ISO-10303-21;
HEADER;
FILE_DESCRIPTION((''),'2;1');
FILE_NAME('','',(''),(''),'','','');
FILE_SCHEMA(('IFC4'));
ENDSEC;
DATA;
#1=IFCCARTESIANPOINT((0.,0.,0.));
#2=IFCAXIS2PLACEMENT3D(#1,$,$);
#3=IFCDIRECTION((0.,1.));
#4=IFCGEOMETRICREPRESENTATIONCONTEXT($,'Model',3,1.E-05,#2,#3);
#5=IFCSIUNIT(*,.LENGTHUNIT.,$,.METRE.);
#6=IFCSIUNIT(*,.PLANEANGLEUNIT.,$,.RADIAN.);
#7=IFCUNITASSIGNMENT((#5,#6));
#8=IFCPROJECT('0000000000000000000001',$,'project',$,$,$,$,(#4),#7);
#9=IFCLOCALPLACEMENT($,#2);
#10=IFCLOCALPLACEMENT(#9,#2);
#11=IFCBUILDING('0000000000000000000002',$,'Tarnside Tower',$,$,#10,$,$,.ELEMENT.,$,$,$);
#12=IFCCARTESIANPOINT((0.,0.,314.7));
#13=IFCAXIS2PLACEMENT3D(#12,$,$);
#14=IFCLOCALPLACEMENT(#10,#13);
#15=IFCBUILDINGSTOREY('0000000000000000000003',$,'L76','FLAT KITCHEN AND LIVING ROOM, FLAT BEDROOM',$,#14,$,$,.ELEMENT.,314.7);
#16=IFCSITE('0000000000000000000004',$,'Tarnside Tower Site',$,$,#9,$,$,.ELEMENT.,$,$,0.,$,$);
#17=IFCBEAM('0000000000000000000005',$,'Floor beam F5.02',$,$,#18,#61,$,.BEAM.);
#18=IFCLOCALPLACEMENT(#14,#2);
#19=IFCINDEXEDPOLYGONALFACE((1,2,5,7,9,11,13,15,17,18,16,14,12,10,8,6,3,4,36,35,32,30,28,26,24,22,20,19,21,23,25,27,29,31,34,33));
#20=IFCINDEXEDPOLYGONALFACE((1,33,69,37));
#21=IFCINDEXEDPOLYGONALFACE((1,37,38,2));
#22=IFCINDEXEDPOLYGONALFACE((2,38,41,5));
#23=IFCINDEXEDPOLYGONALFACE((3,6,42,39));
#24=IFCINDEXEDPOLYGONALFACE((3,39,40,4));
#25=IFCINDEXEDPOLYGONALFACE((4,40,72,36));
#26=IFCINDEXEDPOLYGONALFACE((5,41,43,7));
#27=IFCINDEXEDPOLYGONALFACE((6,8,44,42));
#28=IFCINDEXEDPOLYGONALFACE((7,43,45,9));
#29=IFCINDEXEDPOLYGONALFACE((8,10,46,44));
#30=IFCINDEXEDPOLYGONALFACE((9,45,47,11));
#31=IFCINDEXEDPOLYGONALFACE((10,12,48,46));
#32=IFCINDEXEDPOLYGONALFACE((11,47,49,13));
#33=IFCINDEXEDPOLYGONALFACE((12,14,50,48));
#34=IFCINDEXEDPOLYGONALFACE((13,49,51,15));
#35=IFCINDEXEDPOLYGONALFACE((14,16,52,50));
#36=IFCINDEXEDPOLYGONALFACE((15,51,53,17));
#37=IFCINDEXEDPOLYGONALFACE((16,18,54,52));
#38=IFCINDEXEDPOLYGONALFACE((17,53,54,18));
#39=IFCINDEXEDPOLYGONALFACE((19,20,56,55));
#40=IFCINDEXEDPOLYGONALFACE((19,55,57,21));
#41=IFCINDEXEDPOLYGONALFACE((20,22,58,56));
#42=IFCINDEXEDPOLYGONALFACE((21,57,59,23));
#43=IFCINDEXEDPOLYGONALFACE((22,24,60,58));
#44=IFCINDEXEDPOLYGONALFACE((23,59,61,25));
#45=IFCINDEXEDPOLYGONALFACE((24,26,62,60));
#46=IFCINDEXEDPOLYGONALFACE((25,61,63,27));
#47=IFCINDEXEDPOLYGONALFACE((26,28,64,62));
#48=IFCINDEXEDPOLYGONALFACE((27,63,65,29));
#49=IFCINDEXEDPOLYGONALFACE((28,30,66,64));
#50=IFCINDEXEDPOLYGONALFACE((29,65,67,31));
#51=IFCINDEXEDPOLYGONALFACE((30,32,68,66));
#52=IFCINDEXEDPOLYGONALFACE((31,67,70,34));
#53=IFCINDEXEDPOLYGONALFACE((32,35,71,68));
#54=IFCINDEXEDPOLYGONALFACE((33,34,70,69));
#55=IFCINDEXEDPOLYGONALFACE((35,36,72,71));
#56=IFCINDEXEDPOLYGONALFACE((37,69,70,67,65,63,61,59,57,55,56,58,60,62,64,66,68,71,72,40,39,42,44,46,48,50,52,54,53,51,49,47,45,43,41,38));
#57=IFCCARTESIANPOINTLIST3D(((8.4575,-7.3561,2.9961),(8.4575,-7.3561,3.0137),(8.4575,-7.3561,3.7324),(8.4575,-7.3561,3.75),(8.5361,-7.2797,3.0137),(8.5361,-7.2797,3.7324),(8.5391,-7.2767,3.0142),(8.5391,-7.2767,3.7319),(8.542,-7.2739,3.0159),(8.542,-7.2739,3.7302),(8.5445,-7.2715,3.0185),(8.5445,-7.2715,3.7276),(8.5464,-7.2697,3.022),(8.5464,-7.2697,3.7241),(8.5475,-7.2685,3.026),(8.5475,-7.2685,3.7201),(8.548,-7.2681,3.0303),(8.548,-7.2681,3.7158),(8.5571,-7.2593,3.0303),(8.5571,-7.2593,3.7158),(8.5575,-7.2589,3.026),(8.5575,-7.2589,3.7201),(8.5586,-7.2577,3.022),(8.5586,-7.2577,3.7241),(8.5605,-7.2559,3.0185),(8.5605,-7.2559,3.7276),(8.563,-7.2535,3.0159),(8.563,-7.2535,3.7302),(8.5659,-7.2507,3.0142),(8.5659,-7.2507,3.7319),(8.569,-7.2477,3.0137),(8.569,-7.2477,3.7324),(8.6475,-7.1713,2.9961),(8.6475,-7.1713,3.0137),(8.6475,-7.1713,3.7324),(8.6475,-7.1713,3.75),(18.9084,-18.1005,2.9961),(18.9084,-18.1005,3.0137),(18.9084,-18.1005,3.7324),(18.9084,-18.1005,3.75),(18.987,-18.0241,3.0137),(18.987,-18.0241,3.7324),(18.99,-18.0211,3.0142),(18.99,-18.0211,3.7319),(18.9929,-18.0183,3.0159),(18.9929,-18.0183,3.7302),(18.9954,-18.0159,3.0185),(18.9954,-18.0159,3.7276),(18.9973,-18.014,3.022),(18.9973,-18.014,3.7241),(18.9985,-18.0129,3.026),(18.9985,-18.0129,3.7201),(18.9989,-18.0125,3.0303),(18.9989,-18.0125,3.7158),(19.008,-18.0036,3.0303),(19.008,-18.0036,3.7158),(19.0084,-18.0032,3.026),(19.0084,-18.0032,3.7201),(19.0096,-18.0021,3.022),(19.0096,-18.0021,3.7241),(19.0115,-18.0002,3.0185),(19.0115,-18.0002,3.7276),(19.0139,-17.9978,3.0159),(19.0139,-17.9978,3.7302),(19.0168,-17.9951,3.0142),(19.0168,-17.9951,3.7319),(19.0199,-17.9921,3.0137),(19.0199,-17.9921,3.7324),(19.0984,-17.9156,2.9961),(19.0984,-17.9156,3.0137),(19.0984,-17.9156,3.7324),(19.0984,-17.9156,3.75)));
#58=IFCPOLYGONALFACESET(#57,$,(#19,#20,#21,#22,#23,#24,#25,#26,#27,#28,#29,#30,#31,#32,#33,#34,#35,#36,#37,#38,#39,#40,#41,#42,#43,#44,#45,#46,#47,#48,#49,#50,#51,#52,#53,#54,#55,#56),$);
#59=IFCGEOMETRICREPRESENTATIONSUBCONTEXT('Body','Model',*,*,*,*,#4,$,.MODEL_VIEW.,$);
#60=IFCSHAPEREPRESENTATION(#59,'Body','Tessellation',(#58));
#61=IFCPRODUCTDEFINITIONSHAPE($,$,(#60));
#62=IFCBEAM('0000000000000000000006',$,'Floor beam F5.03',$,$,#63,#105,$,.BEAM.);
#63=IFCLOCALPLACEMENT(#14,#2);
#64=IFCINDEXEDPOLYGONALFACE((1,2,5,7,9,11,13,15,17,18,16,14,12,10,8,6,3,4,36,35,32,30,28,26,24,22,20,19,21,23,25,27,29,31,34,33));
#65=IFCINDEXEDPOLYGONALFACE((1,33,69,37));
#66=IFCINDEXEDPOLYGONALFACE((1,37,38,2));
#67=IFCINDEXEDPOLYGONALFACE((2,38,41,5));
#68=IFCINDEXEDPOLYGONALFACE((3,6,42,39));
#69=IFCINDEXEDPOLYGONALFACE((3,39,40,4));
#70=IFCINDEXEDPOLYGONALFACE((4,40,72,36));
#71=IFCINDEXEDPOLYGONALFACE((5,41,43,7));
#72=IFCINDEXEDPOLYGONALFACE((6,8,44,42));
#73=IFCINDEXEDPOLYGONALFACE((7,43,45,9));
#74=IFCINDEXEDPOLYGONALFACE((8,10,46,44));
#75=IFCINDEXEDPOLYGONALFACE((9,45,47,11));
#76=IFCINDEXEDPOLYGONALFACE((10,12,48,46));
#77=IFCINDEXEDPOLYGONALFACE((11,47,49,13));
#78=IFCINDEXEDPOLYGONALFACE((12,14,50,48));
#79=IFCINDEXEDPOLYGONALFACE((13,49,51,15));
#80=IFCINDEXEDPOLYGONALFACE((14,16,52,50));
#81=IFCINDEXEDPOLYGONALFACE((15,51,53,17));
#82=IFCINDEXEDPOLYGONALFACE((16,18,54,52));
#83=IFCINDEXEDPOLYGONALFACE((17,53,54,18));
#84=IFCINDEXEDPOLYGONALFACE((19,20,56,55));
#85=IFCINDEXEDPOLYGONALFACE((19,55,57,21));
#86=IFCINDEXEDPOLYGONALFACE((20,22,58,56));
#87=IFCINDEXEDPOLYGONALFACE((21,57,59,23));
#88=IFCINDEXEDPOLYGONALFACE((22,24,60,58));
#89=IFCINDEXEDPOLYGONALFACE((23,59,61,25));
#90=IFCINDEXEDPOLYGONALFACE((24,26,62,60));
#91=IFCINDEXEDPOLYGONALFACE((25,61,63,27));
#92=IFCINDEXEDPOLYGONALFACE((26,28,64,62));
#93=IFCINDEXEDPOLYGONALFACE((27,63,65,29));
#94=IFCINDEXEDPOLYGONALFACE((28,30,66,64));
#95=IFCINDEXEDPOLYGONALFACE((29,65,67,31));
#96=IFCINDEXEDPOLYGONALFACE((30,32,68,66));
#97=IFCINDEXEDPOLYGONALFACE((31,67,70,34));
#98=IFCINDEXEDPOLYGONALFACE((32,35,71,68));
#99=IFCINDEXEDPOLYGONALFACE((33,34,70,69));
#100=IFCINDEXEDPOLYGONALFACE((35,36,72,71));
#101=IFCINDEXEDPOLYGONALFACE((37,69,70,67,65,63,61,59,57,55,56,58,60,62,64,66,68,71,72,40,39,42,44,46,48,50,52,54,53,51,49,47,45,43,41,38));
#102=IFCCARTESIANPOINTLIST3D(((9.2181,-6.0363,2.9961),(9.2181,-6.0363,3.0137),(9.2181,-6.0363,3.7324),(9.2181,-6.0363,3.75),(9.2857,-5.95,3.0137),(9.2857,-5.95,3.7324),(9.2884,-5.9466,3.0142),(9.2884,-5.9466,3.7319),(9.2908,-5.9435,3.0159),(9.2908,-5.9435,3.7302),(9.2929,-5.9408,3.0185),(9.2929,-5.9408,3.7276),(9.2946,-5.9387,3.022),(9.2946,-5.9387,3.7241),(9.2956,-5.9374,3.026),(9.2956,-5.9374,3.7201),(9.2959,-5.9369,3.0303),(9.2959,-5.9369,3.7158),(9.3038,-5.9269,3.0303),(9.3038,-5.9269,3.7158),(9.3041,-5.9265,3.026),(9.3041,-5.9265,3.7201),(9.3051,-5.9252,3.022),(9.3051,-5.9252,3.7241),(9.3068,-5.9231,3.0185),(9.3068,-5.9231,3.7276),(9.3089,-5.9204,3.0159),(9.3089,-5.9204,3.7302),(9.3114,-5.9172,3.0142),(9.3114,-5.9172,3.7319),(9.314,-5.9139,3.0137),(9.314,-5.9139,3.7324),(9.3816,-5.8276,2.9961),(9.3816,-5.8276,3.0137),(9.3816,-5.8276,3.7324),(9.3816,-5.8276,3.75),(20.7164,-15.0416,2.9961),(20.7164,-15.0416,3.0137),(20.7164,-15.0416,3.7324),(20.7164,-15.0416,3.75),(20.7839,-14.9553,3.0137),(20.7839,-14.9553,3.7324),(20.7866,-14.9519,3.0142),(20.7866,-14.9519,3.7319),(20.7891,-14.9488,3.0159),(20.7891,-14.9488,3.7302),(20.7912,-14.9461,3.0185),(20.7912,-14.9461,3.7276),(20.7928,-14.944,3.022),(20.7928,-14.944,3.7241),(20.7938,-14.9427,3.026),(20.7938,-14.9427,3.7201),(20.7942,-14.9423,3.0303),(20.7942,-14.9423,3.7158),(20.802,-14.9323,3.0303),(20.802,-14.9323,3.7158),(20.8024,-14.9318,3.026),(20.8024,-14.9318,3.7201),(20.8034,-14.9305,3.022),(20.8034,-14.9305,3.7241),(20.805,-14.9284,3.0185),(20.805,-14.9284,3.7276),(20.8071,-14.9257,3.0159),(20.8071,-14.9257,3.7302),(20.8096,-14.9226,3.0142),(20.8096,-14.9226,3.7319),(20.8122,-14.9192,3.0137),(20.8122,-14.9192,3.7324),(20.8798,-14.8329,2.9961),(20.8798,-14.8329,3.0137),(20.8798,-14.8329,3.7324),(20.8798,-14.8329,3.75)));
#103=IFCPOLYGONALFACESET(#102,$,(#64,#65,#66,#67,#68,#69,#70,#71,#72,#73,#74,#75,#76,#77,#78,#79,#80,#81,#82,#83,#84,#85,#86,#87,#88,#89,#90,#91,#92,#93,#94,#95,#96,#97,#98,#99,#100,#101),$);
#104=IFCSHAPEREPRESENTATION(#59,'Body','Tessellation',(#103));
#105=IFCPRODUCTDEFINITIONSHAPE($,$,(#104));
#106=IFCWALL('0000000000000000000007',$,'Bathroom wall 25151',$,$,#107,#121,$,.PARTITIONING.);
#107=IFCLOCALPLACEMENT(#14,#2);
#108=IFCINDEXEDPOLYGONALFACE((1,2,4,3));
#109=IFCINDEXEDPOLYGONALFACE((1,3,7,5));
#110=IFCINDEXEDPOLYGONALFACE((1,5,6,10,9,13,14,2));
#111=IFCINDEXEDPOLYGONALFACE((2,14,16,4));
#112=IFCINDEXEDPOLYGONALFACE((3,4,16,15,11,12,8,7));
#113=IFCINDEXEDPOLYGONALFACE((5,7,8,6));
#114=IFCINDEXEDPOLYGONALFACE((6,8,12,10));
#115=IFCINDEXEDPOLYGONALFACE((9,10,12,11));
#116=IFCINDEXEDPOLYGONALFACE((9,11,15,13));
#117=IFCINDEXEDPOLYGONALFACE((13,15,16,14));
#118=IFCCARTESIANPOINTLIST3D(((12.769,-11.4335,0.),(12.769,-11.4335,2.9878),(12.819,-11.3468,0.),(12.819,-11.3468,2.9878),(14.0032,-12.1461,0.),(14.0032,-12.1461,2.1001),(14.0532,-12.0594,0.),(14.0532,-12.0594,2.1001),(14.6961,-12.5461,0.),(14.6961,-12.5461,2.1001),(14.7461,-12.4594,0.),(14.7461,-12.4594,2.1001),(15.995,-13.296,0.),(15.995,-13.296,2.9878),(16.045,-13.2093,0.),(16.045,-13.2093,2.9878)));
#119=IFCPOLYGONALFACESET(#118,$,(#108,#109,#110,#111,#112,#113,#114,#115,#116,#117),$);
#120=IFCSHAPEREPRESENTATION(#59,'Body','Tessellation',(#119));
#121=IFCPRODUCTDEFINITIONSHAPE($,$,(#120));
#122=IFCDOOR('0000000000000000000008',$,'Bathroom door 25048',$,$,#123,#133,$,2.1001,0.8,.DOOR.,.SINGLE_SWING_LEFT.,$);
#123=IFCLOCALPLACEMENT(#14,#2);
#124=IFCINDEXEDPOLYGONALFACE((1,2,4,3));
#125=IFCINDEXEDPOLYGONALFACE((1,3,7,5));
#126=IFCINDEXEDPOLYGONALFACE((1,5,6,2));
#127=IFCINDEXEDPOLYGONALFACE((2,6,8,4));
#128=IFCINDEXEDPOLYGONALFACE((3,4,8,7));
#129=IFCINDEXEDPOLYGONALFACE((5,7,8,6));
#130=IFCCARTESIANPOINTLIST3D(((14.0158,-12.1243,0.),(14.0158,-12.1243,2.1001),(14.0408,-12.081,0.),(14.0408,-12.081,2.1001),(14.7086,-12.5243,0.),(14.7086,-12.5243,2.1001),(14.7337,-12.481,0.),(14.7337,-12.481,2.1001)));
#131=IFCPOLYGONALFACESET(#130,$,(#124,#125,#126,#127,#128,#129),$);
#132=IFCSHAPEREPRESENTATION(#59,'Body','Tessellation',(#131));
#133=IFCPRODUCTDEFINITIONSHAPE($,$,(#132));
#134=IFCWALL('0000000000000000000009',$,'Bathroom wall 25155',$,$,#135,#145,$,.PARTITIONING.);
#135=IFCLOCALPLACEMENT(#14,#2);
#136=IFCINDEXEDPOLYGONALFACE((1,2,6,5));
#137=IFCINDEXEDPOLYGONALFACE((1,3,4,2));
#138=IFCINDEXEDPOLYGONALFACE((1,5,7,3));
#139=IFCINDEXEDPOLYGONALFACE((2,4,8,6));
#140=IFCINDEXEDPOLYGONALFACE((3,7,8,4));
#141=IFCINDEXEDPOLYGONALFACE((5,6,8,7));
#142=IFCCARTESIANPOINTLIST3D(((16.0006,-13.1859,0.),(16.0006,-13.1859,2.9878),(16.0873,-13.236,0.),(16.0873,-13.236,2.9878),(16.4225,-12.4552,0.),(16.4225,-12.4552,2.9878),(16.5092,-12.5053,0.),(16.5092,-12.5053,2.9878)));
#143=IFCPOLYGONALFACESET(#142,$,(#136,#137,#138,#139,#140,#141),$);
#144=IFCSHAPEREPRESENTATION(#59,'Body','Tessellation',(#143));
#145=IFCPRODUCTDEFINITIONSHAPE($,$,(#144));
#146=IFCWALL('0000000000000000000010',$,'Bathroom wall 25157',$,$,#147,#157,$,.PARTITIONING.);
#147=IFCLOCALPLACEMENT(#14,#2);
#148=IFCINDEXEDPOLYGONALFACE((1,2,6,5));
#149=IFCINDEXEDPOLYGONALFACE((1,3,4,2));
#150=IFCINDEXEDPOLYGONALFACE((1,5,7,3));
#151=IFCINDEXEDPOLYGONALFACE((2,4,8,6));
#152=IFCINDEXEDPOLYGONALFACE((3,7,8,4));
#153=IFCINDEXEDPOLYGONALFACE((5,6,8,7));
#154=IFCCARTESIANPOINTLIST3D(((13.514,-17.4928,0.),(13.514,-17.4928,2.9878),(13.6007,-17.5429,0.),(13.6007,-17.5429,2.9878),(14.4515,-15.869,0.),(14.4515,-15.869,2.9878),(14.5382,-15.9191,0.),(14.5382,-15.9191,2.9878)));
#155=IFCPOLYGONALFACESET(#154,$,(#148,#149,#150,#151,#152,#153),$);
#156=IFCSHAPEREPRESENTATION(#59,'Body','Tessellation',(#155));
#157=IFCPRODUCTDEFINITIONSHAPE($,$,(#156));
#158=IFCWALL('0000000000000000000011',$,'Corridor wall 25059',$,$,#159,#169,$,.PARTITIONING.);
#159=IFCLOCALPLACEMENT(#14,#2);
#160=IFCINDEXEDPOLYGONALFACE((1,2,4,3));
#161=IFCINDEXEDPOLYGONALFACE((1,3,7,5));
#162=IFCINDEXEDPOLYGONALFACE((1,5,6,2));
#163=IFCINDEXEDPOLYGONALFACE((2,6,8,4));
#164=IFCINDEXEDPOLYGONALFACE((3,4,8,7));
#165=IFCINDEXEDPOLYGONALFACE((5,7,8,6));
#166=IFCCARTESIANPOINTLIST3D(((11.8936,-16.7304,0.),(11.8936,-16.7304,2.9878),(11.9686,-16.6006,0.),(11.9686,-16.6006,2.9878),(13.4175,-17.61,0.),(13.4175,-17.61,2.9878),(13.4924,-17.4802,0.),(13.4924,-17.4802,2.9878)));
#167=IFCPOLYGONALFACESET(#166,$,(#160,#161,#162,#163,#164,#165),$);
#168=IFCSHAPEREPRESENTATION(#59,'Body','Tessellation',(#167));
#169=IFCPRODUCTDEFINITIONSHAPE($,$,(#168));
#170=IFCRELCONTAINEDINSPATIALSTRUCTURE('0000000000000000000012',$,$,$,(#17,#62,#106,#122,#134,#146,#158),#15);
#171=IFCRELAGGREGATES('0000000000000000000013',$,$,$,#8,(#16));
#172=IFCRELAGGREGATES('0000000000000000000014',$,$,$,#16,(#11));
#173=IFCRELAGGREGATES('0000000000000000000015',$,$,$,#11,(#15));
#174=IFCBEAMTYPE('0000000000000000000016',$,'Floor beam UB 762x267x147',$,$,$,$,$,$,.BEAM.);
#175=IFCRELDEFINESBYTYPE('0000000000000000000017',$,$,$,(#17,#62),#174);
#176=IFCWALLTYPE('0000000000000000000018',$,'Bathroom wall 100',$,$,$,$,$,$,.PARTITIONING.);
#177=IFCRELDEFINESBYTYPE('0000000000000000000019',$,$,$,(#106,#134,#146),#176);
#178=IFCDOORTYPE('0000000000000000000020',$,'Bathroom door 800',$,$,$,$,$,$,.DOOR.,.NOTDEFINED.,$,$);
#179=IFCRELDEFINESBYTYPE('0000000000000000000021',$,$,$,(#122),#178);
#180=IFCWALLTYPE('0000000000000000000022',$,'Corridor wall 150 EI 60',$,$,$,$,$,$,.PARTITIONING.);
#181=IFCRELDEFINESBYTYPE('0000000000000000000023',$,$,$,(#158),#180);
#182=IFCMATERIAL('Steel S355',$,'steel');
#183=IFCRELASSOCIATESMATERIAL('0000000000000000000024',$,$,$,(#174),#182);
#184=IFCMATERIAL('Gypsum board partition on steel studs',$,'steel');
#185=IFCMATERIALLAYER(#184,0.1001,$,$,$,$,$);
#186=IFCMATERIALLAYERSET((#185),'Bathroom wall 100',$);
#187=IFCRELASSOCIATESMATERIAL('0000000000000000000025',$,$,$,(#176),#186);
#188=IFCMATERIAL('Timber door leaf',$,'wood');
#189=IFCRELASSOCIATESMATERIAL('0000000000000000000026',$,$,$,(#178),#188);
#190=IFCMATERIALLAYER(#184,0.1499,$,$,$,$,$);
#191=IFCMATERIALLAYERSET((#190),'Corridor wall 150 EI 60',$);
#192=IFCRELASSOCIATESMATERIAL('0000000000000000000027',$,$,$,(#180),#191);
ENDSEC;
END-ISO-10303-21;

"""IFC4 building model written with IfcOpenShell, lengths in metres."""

from ifc_helpers import new_model, si_unit, direction, frame, frame_2d, origin, origin_2d, place, context, subcontext, project, spatial, rectangle, i_section, extrude, material, layer, layer_set, material_profile, profile_set, type_object, element, fill, save


model = new_model("IFC4")

# Units and contexts
model_context = context("Model", 3, precision=1e-05, world=origin(), true_north=direction((0.0, 1.0)))
body_context = subcontext(model_context, "Body", "Model", "MODEL_VIEW")
ifc_project = project(units=[si_unit("LENGTHUNIT", "METRE"), si_unit("PLANEANGLEUNIT", "RADIAN")], contexts=[model_context])

# Site, building, storey
site_placement = place(None, origin())
site = spatial("IfcSite", under=ifc_project, at=site_placement, Name="Tarnside Tower Site", CompositionType="ELEMENT", RefElevation=0.0)
building_placement = place(site_placement, origin())
building = spatial("IfcBuilding", under=site, at=building_placement, Name="Tarnside Tower", CompositionType="ELEMENT")
storey_placement = place(building_placement, frame((0.0, 0.0, 314.7)))
storey = spatial("IfcBuildingStorey", under=building, at=storey_placement, Name="L76", Description="FLAT KITCHEN AND LIVING ROOM, FLAT BEDROOM", CompositionType="ELEMENT", Elevation=314.7)

# Beams
ifc_material_1 = material(Name="Steel S355", Category="steel")
ifc_material_profile = material_profile(ifc_material_1, i_section(OverallWidth=0.2651, OverallDepth=0.7539, WebThickness=0.0127, FlangeThickness=0.0176, FilletRadius=0.0166, at=origin_2d()), Name="UB 762x267x147")
ifc_profile_set = profile_set([ifc_material_profile], Name="Steel S355")
beam_type = type_object("IfcBeamType", Name="Floor beam UB 762x267x147", PredefinedType="BEAM", material=ifc_profile_set)
beam_1_placement = place(storey_placement, frame((19.0034, -18.0081, 3.373), z_axis=(-0.69725, 0.716828, 0.0), x_axis=(-0.716828, -0.69725, 0.0)))
element("IfcBeam", 1, at=beam_1_placement, inside=storey, type_object=beam_type, Name="Floor beam F5.02", PredefinedType="BEAM", context=body_context, shape_type="SweptSolid", body=[
    extrude(i_section(OverallWidth=0.2651, OverallDepth=0.7539, WebThickness=0.0127, FlangeThickness=0.0176, FilletRadius=0.0166, at=origin_2d()), origin(), (0.0, 0.0, 1.0), 14.9888),
])
beam_2_placement = place(storey_placement, frame((20.7981, -14.9373, 3.373), z_axis=(-0.787282, 0.616593, 0.0), x_axis=(-0.616593, -0.787282, 0.0)))
element("IfcBeam", 2, at=beam_2_placement, inside=storey, type_object=beam_type, Name="Floor beam F5.03", PredefinedType="BEAM", context=body_context, shape_type="SweptSolid", body=[
    extrude(i_section(OverallWidth=0.2651, OverallDepth=0.7539, WebThickness=0.0127, FlangeThickness=0.0176, FilletRadius=0.0166, at=origin_2d()), origin(), (0.0, 0.0, 1.0), 14.605),
])

# Wall, opening, door
ifc_material_2 = material(Name="Gypsum board partition on steel studs", Category="steel")
ifc_layer_1 = layer(ifc_material_2, 0.1001)
ifc_layer_set_1 = layer_set([ifc_layer_1], Name="Bathroom wall 100")
wall_type_1 = type_object("IfcWallType", Name="Bathroom wall 100", PredefinedType="PARTITIONING", material=ifc_layer_set_1)
wall_1_placement = place(storey_placement, frame((16.02, -13.2527, 0.0), z_axis=(0.0, 0.0, 1.0), x_axis=(-0.866028, 0.499995, 0.0)))
wall_1 = element("IfcWall", 3, at=wall_1_placement, inside=storey, type_object=wall_type_1, Name="Bathroom wall 25151", PredefinedType="PARTITIONING", context=body_context, shape_type="SweptSolid", body=[
    extrude(rectangle(XDim=3.7251, YDim=0.1001, at=frame_2d((1.8625, 0.0))), origin(), (0.0, 0.0, 1.0), 2.9878),
])
opening_1_placement = place(wall_1_placement, frame((1.5, 0.0, 0.0)))
opening_1 = element("IfcOpeningElement", 4, at=opening_1_placement, cuts=wall_1, PredefinedType="OPENING", context=body_context, shape_type="SweptSolid", body=[
    extrude(rectangle(XDim=0.8, YDim=2.1001, at=frame_2d((0.3999, 1.05))), frame((0.0, 0.0601, 0.0), z_axis=(0.0, -1.0, 0.0), x_axis=(1.0, 0.0, 0.0)), (0.0, 0.0, 1.0), 0.1201),
])
ifc_material_3 = material(Name="Timber door leaf", Category="wood")
door_type_1 = type_object("IfcDoorType", Name="Bathroom door 800", OperationType="NOTDEFINED", PredefinedType="DOOR", material=ifc_material_3)
door_1_placement = place(opening_1_placement, origin())
door_1 = element("IfcDoor", 5, at=door_1_placement, inside=storey, type_object=door_type_1, Name="Bathroom door 25048", OperationType="SINGLE_SWING_LEFT", OverallHeight=2.1001, OverallWidth=0.8, PredefinedType="DOOR", context=body_context, shape_type="SweptSolid", body=[
    extrude(rectangle(XDim=0.8, YDim=2.1001, at=frame_2d((0.3999, 1.05))), frame((0.0, 0.0249, 0.0), z_axis=(0.0, -1.0, 0.0), x_axis=(1.0, 0.0, 0.0)), (0.0, 0.0, 1.0), 0.05),
])
fill(opening_1, door_1)

# Walls
wall_2_placement = place(storey_placement, frame((16.0439, -13.2109, 0.0), z_axis=(0.0, 0.0, 1.0), x_axis=(0.499998, 0.866027, 0.0)))
element("IfcWall", 6, at=wall_2_placement, inside=storey, type_object=wall_type_1, Name="Bathroom wall 25155", PredefinedType="PARTITIONING", context=body_context, shape_type="SweptSolid", body=[
    extrude(rectangle(XDim=0.8438, YDim=0.1001, at=frame_2d((0.4219, 0.0))), origin(), (0.0, 0.0, 1.0), 2.9878),
])
wall_3_placement = place(storey_placement, frame((14.4949, -15.894, 0.0), z_axis=(0.0, 0.0, 1.0), x_axis=(-0.500004, -0.866023, 0.0)))
element("IfcWall", 7, at=wall_3_placement, inside=storey, type_object=wall_type_1, Name="Bathroom wall 25157", PredefinedType="PARTITIONING", context=body_context, shape_type="SweptSolid", body=[
    extrude(rectangle(XDim=1.875, YDim=0.1001, at=frame_2d((0.9375, 0.0))), origin(), (0.0, 0.0, 1.0), 2.9878),
])
ifc_layer_2 = layer(ifc_material_2, 0.1499)
ifc_layer_set_2 = layer_set([ifc_layer_2], Name="Corridor wall 150 EI 60")
wall_type_2 = type_object("IfcWallType", Name="Corridor wall 150 EI 60", PredefinedType="PARTITIONING", material=ifc_layer_set_2)
wall_4_placement = place(storey_placement, frame((13.4551, -17.5452, 0.0), z_axis=(0.0, 0.0, 1.0), x_axis=(-0.866075, 0.499915, 0.0)))
element("IfcWall", 8, at=wall_4_placement, inside=storey, type_object=wall_type_2, Name="Corridor wall 25059", PredefinedType="PARTITIONING", context=body_context, shape_type="SweptSolid", body=[
    extrude(rectangle(XDim=1.7595, YDim=0.1499, at=frame_2d((0.8799, 0.0))), origin(), (0.0, 0.0, 1.0), 2.9878),
])

save(model, "model.ifc")
